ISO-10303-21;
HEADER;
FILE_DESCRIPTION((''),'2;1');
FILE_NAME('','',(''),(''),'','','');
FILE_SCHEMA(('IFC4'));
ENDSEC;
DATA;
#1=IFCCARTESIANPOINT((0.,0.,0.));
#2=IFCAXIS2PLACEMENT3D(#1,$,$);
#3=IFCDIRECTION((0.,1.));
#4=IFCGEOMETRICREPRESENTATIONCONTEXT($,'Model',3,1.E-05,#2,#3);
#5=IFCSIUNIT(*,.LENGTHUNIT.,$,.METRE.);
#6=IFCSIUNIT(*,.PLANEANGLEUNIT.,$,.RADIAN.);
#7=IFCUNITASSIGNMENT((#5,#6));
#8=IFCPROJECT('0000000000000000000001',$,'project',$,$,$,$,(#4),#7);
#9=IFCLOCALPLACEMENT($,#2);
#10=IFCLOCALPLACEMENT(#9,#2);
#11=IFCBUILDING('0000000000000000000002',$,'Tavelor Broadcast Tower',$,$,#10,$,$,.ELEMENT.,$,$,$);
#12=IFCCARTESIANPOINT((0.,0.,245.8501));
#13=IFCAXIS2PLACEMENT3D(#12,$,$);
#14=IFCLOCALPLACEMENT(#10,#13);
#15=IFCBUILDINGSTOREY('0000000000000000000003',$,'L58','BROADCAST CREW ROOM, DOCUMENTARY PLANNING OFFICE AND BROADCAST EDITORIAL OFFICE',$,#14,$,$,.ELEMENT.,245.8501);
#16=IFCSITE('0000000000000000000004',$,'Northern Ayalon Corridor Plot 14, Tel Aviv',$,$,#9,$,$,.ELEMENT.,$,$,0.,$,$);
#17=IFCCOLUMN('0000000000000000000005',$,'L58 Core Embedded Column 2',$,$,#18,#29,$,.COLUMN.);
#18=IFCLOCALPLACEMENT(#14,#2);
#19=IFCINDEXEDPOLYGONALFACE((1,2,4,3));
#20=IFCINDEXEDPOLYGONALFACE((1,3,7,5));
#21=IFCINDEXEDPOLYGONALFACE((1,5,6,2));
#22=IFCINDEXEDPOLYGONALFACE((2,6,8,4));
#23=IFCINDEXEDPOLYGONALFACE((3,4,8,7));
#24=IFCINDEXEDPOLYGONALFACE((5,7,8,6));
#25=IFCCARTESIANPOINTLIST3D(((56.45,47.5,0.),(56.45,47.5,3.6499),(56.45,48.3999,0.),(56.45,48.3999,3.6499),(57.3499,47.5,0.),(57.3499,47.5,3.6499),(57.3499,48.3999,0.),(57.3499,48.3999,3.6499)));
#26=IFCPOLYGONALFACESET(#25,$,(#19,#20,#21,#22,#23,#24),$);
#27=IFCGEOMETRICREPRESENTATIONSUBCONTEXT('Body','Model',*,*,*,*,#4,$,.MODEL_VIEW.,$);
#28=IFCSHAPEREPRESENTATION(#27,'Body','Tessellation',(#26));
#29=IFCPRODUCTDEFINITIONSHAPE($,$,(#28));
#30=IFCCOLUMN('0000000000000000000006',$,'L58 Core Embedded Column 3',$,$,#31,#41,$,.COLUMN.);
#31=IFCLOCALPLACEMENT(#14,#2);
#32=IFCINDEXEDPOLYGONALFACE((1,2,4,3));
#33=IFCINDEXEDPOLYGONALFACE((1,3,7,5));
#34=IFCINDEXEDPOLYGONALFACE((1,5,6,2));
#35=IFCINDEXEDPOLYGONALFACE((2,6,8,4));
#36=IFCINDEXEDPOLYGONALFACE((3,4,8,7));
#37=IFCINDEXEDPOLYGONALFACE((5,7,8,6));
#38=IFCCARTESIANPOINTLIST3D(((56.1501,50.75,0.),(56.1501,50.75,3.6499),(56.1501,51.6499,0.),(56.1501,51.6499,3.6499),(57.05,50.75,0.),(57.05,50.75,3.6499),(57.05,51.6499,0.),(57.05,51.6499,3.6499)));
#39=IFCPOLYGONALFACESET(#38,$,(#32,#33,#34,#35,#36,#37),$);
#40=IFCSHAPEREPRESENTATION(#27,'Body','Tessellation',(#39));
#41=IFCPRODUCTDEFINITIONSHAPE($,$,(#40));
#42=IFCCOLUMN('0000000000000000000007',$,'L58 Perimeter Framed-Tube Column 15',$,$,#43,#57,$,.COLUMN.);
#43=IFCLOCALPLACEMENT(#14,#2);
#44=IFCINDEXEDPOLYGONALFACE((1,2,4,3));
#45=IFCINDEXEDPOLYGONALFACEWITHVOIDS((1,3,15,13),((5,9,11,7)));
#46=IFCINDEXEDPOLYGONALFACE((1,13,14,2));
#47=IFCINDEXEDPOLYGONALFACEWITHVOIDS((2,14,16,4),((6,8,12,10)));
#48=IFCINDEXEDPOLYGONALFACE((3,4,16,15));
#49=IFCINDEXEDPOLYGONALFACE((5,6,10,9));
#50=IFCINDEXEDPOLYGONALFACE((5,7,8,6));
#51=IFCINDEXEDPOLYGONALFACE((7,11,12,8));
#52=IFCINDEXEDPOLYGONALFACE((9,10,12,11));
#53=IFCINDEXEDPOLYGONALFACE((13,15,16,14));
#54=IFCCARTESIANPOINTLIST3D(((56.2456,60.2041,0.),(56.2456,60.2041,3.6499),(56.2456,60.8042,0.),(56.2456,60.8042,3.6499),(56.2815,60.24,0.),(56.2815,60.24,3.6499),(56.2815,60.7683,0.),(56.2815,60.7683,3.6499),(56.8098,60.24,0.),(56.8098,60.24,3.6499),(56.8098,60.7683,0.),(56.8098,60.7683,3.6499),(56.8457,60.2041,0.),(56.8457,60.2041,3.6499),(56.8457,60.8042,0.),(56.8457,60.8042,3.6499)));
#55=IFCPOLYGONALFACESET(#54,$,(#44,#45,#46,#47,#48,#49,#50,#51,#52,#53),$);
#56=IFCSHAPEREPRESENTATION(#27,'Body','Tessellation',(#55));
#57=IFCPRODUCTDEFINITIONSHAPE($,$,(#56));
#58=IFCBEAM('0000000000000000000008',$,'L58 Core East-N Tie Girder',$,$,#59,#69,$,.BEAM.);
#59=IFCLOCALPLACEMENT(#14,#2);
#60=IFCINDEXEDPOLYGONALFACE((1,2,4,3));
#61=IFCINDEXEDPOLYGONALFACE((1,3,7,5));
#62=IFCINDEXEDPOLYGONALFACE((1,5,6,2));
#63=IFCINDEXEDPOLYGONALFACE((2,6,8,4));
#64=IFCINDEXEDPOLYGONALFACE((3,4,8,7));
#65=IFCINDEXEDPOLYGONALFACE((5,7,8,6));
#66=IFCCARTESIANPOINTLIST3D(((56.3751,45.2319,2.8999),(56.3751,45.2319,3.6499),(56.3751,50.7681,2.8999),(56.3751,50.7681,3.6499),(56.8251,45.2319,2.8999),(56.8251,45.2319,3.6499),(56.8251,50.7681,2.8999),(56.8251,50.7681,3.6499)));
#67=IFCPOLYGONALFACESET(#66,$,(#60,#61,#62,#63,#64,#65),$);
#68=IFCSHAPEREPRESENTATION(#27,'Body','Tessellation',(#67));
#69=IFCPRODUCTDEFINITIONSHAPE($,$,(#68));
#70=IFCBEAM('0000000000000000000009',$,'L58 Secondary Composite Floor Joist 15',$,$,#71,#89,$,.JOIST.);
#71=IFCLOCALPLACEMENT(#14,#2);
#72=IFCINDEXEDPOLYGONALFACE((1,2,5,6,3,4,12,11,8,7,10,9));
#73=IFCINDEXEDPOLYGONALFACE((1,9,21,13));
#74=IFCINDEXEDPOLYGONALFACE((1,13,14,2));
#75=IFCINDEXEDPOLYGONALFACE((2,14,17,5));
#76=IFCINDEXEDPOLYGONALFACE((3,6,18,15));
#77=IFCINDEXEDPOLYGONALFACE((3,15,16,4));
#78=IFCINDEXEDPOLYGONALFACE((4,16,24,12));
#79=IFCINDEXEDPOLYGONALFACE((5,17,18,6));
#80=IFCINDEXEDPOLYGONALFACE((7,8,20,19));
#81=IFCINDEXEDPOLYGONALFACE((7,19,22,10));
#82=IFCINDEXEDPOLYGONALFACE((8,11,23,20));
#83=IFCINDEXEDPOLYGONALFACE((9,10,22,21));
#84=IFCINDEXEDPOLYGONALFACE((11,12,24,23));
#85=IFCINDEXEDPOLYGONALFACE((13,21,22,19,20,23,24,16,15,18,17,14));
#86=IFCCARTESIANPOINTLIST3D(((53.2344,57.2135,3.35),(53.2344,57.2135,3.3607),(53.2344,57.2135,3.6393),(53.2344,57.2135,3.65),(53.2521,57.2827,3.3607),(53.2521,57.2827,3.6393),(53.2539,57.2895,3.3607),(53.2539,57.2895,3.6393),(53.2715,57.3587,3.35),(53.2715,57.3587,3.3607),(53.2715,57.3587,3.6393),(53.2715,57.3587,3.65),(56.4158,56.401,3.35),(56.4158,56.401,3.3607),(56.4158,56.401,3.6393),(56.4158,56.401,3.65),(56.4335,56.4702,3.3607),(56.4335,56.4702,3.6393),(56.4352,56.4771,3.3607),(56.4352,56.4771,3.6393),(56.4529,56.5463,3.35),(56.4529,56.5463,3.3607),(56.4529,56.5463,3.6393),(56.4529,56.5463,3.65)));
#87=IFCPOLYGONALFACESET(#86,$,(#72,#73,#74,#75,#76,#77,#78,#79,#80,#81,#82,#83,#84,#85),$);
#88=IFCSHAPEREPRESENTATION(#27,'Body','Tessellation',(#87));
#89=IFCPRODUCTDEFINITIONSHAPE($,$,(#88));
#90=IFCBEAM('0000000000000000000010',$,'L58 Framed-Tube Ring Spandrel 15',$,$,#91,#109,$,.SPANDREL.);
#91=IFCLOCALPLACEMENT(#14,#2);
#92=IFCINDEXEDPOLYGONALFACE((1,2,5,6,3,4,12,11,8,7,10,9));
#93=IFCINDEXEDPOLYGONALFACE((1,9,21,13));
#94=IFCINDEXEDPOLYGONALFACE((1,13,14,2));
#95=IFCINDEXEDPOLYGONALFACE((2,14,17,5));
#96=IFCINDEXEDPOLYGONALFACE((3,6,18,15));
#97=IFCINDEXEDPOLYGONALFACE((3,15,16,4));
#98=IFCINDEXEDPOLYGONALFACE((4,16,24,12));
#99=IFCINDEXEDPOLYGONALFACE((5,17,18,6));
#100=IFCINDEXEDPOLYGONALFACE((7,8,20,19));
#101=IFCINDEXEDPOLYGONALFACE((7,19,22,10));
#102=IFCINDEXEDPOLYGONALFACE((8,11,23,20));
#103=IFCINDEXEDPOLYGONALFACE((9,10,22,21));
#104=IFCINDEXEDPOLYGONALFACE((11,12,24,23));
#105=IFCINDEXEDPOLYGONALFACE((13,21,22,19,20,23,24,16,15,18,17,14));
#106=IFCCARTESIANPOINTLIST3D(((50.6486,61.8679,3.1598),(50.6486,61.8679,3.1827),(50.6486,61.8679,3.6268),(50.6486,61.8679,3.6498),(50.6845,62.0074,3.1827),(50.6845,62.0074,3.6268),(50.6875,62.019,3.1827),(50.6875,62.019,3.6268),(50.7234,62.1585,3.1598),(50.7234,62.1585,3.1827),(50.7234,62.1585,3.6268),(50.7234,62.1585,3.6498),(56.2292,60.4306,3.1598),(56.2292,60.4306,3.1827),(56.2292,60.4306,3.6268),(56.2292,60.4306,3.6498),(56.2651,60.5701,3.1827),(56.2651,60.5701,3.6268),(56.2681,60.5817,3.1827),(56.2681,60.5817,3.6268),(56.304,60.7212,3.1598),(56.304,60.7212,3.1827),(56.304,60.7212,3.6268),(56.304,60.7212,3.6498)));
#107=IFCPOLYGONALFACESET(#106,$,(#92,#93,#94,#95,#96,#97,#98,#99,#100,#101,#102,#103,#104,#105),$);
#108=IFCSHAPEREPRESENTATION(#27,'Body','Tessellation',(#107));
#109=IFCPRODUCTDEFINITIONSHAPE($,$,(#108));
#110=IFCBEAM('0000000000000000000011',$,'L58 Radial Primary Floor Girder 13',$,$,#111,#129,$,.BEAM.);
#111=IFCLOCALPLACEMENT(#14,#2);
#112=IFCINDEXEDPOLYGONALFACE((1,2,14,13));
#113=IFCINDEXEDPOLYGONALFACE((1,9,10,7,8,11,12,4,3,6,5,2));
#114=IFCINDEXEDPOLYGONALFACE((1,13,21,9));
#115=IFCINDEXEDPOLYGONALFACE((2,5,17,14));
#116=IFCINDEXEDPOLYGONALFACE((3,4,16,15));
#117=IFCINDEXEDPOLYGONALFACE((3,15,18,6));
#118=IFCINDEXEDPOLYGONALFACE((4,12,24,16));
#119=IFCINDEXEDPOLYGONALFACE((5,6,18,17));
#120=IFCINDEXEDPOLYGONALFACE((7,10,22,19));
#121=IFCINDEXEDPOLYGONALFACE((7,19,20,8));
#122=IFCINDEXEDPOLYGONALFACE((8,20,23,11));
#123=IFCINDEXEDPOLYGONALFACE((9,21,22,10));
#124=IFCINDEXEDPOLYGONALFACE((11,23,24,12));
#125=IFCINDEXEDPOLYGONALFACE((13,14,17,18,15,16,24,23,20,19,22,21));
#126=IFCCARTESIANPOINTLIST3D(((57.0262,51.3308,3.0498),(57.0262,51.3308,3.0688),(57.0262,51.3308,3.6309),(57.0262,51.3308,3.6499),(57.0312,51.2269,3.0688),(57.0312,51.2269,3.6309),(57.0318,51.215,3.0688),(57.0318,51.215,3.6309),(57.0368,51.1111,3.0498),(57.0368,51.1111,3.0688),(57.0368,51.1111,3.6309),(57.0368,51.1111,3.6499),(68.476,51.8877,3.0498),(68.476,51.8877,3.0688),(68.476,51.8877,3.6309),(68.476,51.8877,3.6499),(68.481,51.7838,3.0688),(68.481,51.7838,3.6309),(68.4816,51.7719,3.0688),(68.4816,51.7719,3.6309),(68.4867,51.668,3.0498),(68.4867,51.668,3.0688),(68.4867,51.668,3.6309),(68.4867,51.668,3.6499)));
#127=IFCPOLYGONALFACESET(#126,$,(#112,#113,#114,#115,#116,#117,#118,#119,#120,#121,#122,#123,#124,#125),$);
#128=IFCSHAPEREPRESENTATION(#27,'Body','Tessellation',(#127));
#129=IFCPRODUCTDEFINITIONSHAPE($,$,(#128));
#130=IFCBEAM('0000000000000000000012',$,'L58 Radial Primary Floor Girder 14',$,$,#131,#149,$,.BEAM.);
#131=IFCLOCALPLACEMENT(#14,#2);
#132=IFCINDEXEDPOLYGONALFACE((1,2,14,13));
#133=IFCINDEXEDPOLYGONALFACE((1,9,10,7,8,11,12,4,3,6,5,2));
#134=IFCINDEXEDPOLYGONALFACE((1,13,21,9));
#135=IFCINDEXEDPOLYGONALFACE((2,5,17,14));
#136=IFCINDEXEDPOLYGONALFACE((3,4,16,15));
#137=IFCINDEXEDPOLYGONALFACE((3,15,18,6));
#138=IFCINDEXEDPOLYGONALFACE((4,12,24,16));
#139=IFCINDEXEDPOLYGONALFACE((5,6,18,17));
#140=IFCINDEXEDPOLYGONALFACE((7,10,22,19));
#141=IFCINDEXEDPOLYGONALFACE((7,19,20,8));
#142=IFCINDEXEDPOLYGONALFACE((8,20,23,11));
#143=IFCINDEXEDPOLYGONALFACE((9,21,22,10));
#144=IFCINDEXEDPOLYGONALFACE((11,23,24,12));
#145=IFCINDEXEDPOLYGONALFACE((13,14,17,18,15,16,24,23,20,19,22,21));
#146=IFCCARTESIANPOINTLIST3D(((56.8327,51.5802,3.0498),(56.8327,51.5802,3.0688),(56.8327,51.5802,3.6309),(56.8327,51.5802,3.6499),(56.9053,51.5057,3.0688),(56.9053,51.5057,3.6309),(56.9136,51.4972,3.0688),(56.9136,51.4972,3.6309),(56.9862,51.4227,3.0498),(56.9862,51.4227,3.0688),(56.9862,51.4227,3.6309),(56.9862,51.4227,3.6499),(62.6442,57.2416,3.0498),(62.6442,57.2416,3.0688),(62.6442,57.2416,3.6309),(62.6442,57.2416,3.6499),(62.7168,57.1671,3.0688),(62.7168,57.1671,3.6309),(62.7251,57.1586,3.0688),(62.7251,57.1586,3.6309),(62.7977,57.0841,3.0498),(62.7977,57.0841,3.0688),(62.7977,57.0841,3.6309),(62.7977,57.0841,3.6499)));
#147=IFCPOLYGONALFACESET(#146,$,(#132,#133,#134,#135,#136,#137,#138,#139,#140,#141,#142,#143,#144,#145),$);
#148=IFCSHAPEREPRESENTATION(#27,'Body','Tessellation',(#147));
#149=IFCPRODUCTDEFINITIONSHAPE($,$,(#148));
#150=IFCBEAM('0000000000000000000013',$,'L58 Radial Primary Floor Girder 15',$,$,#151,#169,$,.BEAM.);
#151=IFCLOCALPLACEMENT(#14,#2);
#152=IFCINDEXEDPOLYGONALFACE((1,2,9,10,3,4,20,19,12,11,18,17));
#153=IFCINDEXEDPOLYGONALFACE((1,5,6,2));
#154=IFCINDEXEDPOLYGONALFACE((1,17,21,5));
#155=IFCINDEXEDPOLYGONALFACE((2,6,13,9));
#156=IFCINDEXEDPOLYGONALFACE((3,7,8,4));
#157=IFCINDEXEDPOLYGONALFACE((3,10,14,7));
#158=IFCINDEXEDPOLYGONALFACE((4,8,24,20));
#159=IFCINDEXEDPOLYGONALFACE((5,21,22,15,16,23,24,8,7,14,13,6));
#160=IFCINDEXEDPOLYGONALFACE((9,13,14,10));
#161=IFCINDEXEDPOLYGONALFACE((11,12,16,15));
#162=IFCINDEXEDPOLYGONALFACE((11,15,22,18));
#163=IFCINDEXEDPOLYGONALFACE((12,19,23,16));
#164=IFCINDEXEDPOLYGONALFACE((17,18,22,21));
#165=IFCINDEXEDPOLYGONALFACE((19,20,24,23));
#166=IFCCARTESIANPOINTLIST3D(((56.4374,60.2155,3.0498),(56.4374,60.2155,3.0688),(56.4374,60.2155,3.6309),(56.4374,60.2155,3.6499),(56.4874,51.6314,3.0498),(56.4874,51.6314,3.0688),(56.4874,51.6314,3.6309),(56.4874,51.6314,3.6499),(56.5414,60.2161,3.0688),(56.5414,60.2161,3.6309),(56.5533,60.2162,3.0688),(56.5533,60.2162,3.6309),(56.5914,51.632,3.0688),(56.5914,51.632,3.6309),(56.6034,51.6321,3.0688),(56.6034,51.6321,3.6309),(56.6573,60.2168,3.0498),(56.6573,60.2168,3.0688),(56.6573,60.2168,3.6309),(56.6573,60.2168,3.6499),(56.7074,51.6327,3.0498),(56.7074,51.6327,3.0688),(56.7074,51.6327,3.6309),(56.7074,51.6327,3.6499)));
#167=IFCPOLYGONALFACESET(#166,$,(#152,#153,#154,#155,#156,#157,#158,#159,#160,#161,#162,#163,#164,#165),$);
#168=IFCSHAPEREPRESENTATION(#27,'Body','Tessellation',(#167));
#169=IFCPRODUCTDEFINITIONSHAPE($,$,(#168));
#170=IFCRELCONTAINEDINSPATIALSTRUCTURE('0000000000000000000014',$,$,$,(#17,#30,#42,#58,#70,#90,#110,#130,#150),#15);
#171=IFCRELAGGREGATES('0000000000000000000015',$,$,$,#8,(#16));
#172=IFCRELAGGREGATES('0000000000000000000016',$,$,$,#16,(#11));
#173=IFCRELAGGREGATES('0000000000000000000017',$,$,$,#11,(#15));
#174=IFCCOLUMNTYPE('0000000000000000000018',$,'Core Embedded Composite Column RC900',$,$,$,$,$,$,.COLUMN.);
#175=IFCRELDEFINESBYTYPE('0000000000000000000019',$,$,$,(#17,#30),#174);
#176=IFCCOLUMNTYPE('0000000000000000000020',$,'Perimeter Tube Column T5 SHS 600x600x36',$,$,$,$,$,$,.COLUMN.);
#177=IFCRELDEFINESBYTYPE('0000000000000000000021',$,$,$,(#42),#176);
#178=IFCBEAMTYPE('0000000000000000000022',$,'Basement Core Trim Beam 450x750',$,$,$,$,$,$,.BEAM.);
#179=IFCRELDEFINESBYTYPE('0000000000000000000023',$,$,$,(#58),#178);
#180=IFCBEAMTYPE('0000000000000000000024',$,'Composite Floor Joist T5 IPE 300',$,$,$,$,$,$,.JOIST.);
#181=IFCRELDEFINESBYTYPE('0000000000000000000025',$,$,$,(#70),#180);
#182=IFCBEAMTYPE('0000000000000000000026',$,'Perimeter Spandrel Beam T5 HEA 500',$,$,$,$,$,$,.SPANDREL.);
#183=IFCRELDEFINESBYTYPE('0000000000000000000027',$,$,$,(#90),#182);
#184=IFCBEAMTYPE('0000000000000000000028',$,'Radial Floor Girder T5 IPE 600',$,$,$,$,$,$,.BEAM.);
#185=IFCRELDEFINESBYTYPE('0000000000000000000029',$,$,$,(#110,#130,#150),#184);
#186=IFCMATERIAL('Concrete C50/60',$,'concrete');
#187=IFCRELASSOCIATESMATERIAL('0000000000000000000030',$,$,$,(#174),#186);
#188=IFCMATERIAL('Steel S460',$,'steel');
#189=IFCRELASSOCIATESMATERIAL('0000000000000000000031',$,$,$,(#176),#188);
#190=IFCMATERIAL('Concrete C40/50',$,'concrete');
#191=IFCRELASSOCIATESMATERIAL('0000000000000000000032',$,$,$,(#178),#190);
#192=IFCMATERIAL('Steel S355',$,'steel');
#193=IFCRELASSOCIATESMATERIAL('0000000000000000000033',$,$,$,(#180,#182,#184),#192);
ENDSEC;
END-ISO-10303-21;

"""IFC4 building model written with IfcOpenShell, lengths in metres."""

from ifc_helpers import new_model, si_unit, direction, frame, origin, origin_2d, place, context, subcontext, project, spatial, rectangle, hollow_rectangle, i_section, extrude, material, material_profile, profile_set, type_object, element, save


model = new_model("IFC4")

# Units and contexts
model_context = context("Model", 3, precision=1e-05, world=origin(), true_north=direction((0.0, 1.0)))
body_context = subcontext(model_context, "Body", "Model", "MODEL_VIEW")
ifc_project = project(units=[si_unit("LENGTHUNIT", "METRE"), si_unit("PLANEANGLEUNIT", "RADIAN")], contexts=[model_context])

# Site, building, storey
site_placement = place(None, origin())
site = spatial("IfcSite", under=ifc_project, at=site_placement, Name="Northern Ayalon Corridor Plot 14, Tel Aviv", CompositionType="ELEMENT", RefElevation=0.0)
building_placement = place(site_placement, origin())
building = spatial("IfcBuilding", under=site, at=building_placement, Name="Tavelor Broadcast Tower", CompositionType="ELEMENT")
storey_placement = place(building_placement, frame((0.0, 0.0, 245.8501)))
storey = spatial("IfcBuildingStorey", under=building, at=storey_placement, Name="L58", Description="BROADCAST CREW ROOM, DOCUMENTARY PLANNING OFFICE AND BROADCAST EDITORIAL OFFICE", CompositionType="ELEMENT", Elevation=245.8501)

# Columns
ifc_material_1 = material(Name="Concrete C50/60", Category="concrete")
ifc_material_profile_1 = material_profile(ifc_material_1, rectangle(XDim=0.8999, YDim=0.8999, at=origin_2d()), Name="RC 900x900")
ifc_profile_set_1 = profile_set([ifc_material_profile_1], Name="Concrete C50/60")
column_type_1 = type_object("IfcColumnType", Name="Core Embedded Composite Column RC900", PredefinedType="COLUMN", material=ifc_profile_set_1)
for number, where, z_axis, x_axis, name in (
    (1, (56.8999, 47.95, 0.0), (0.0, 0.0, 1.0), (1.0, 0.0, 0.0), "L58 Core Embedded Column 2"),
    (2, (56.6001, 51.2, 0.0), (0.0, 0.0, 1.0), (1.0, 0.0, 0.0), "L58 Core Embedded Column 3"),
):
    element("IfcColumn", number, at=place(storey_placement, frame(where, z_axis=z_axis, x_axis=x_axis)), inside=storey, type_object=column_type_1, Name=name, PredefinedType="COLUMN", context=body_context, shape_type="SweptSolid", body=[
        extrude(rectangle(XDim=0.8999, YDim=0.8999, at=origin_2d()), origin(), (0.0, 0.0, 1.0), 3.6499),
    ])
ifc_material_2 = material(Name="Steel S460", Category="steel")
ifc_material_profile_2 = material_profile(ifc_material_2, hollow_rectangle(XDim=0.6001, YDim=0.6001, WallThickness=0.0359, at=origin_2d()), Name="SHS 600x600x36")
ifc_profile_set_2 = profile_set([ifc_material_profile_2], Name="Steel S460")
column_type_2 = type_object("IfcColumnType", Name="Perimeter Tube Column T5 SHS 600x600x36", PredefinedType="COLUMN", material=ifc_profile_set_2)
column_placement = place(storey_placement, frame((56.5457, 60.5042, 0.0), z_axis=(0.0, 0.0, 1.0), x_axis=(1.0, 0.0, 0.0)))
element("IfcColumn", 3, at=column_placement, inside=storey, type_object=column_type_2, Name="L58 Perimeter Framed-Tube Column 15", PredefinedType="COLUMN", context=body_context, shape_type="SweptSolid", body=[
    extrude(hollow_rectangle(XDim=0.6001, YDim=0.6001, WallThickness=0.0359, at=origin_2d()), origin(), (0.0, 0.0, 1.0), 3.6499),
])

# Beams
ifc_material_3 = material(Name="Concrete C40/50", Category="concrete")
ifc_material_profile_3 = material_profile(ifc_material_3, rectangle(XDim=0.45, YDim=0.75, at=origin_2d()), Name="RC 450x750")
ifc_profile_set_3 = profile_set([ifc_material_profile_3], Name="Concrete C40/50")
beam_type_1 = type_object("IfcBeamType", Name="Basement Core Trim Beam 450x750", PredefinedType="BEAM", material=ifc_profile_set_3)
beam_1_placement = place(storey_placement, frame((56.6001, 45.2319, 3.2749), z_axis=(0.0, 1.0, 0.0), x_axis=(-1.0, 0.0, 0.0)))
element("IfcBeam", 4, at=beam_1_placement, inside=storey, type_object=beam_type_1, Name="L58 Core East-N Tie Girder", PredefinedType="BEAM", context=body_context, shape_type="SweptSolid", body=[
    extrude(rectangle(XDim=0.45, YDim=0.75, at=origin_2d()), origin(), (0.0, 0.0, 1.0), 5.5361),
])
ifc_material_4 = material(Name="Steel S355", Category="steel")
ifc_material_profile_4 = material_profile(ifc_material_4, i_section(OverallWidth=0.1499, OverallDepth=0.3, WebThickness=0.0071, FlangeThickness=0.0107, at=origin_2d()), Name="IPE 300")
ifc_profile_set_4 = profile_set([ifc_material_profile_4], Name="Steel S355")
beam_type_2 = type_object("IfcBeamType", Name="Composite Floor Joist T5 IPE 300", PredefinedType="JOIST", material=ifc_profile_set_4)
beam_2_placement = place(storey_placement, frame((56.4343, 56.4736, 3.5), z_axis=(-0.968901, 0.247449, 0.0), x_axis=(-0.247449, -0.968901, 0.0)))
element("IfcBeam", 5, at=beam_2_placement, inside=storey, type_object=beam_type_2, Name="L58 Secondary Composite Floor Joist 15", PredefinedType="JOIST", context=body_context, shape_type="SweptSolid", body=[
    extrude(i_section(OverallWidth=0.1499, OverallDepth=0.3, WebThickness=0.0071, FlangeThickness=0.0107, at=origin_2d()), origin(), (0.0, 0.0, 1.0), 3.2834),
])
ifc_material_profile_5 = material_profile(ifc_material_4, i_section(OverallWidth=0.3, OverallDepth=0.49, WebThickness=0.012, FlangeThickness=0.0229, at=origin_2d()), Name="HEA 500")
ifc_profile_set_5 = profile_set([ifc_material_profile_5], Name="Steel S355")
beam_type_3 = type_object("IfcBeamType", Name="Perimeter Spandrel Beam T5 HEA 500", PredefinedType="SPANDREL", material=ifc_profile_set_5)
beam_3_placement = place(storey_placement, frame((56.2666, 60.5759, 3.4048), z_axis=(-0.968399, 0.249408, 0.0), x_axis=(-0.249408, -0.968399, 0.0)))
element("IfcBeam", 6, at=beam_3_placement, inside=storey, type_object=beam_type_3, Name="L58 Framed-Tube Ring Spandrel 15", PredefinedType="SPANDREL", context=body_context, shape_type="SweptSolid", body=[
    extrude(i_section(OverallWidth=0.3, OverallDepth=0.49, WebThickness=0.012, FlangeThickness=0.0229, at=origin_2d()), origin(), (0.0, 0.0, 1.0), 5.7627),
])
ifc_material_profile_6 = material_profile(ifc_material_4, i_section(OverallWidth=0.22, OverallDepth=0.6001, WebThickness=0.012, FlangeThickness=0.019, at=origin_2d()), Name="IPE 600")
ifc_profile_set_6 = profile_set([ifc_material_profile_6], Name="Steel S355")
beam_type_4 = type_object("IfcBeamType", Name="Radial Floor Girder T5 IPE 600", PredefinedType="BEAM", material=ifc_profile_set_6)
beam_4_placement = place(storey_placement, frame((57.0315, 51.2209, 3.3499), z_axis=(0.998819, 0.048579, 0.0), x_axis=(-0.048579, 0.998819, 0.0)))
element("IfcBeam", 7, at=beam_4_placement, inside=storey, type_object=beam_type_4, Name="L58 Radial Primary Floor Girder 13", PredefinedType="BEAM", context=body_context, shape_type="SweptSolid", body=[
    extrude(i_section(OverallWidth=0.22, OverallDepth=0.6001, WebThickness=0.012, FlangeThickness=0.019, at=origin_2d()), origin(), (0.0, 0.0, 1.0), 11.4634),
])
beam_5_placement = place(storey_placement, frame((56.9094, 51.5015, 3.3499), z_axis=(0.716299, 0.697793, 0.0), x_axis=(-0.697793, 0.716299, 0.0)))
element("IfcBeam", 8, at=beam_5_placement, inside=storey, type_object=beam_type_4, Name="L58 Radial Primary Floor Girder 14", PredefinedType="BEAM", context=body_context, shape_type="SweptSolid", body=[
    extrude(i_section(OverallWidth=0.22, OverallDepth=0.6001, WebThickness=0.012, FlangeThickness=0.019, at=origin_2d()), origin(), (0.0, 0.0, 1.0), 8.1133),
])
beam_6_placement = place(storey_placement, frame((56.5974, 51.6321, 3.3499), z_axis=(-0.00583, 0.999983, 0.0), x_axis=(-0.999983, -0.00583, 0.0)))
element("IfcBeam", 9, at=beam_6_placement, inside=storey, type_object=beam_type_4, Name="L58 Radial Primary Floor Girder 15", PredefinedType="BEAM", context=body_context, shape_type="SweptSolid", body=[
    extrude(i_section(OverallWidth=0.22, OverallDepth=0.6001, WebThickness=0.012, FlangeThickness=0.019, at=origin_2d()), origin(), (0.0, 0.0, 1.0), 8.5842),
])

save(model, "model.ifc")
